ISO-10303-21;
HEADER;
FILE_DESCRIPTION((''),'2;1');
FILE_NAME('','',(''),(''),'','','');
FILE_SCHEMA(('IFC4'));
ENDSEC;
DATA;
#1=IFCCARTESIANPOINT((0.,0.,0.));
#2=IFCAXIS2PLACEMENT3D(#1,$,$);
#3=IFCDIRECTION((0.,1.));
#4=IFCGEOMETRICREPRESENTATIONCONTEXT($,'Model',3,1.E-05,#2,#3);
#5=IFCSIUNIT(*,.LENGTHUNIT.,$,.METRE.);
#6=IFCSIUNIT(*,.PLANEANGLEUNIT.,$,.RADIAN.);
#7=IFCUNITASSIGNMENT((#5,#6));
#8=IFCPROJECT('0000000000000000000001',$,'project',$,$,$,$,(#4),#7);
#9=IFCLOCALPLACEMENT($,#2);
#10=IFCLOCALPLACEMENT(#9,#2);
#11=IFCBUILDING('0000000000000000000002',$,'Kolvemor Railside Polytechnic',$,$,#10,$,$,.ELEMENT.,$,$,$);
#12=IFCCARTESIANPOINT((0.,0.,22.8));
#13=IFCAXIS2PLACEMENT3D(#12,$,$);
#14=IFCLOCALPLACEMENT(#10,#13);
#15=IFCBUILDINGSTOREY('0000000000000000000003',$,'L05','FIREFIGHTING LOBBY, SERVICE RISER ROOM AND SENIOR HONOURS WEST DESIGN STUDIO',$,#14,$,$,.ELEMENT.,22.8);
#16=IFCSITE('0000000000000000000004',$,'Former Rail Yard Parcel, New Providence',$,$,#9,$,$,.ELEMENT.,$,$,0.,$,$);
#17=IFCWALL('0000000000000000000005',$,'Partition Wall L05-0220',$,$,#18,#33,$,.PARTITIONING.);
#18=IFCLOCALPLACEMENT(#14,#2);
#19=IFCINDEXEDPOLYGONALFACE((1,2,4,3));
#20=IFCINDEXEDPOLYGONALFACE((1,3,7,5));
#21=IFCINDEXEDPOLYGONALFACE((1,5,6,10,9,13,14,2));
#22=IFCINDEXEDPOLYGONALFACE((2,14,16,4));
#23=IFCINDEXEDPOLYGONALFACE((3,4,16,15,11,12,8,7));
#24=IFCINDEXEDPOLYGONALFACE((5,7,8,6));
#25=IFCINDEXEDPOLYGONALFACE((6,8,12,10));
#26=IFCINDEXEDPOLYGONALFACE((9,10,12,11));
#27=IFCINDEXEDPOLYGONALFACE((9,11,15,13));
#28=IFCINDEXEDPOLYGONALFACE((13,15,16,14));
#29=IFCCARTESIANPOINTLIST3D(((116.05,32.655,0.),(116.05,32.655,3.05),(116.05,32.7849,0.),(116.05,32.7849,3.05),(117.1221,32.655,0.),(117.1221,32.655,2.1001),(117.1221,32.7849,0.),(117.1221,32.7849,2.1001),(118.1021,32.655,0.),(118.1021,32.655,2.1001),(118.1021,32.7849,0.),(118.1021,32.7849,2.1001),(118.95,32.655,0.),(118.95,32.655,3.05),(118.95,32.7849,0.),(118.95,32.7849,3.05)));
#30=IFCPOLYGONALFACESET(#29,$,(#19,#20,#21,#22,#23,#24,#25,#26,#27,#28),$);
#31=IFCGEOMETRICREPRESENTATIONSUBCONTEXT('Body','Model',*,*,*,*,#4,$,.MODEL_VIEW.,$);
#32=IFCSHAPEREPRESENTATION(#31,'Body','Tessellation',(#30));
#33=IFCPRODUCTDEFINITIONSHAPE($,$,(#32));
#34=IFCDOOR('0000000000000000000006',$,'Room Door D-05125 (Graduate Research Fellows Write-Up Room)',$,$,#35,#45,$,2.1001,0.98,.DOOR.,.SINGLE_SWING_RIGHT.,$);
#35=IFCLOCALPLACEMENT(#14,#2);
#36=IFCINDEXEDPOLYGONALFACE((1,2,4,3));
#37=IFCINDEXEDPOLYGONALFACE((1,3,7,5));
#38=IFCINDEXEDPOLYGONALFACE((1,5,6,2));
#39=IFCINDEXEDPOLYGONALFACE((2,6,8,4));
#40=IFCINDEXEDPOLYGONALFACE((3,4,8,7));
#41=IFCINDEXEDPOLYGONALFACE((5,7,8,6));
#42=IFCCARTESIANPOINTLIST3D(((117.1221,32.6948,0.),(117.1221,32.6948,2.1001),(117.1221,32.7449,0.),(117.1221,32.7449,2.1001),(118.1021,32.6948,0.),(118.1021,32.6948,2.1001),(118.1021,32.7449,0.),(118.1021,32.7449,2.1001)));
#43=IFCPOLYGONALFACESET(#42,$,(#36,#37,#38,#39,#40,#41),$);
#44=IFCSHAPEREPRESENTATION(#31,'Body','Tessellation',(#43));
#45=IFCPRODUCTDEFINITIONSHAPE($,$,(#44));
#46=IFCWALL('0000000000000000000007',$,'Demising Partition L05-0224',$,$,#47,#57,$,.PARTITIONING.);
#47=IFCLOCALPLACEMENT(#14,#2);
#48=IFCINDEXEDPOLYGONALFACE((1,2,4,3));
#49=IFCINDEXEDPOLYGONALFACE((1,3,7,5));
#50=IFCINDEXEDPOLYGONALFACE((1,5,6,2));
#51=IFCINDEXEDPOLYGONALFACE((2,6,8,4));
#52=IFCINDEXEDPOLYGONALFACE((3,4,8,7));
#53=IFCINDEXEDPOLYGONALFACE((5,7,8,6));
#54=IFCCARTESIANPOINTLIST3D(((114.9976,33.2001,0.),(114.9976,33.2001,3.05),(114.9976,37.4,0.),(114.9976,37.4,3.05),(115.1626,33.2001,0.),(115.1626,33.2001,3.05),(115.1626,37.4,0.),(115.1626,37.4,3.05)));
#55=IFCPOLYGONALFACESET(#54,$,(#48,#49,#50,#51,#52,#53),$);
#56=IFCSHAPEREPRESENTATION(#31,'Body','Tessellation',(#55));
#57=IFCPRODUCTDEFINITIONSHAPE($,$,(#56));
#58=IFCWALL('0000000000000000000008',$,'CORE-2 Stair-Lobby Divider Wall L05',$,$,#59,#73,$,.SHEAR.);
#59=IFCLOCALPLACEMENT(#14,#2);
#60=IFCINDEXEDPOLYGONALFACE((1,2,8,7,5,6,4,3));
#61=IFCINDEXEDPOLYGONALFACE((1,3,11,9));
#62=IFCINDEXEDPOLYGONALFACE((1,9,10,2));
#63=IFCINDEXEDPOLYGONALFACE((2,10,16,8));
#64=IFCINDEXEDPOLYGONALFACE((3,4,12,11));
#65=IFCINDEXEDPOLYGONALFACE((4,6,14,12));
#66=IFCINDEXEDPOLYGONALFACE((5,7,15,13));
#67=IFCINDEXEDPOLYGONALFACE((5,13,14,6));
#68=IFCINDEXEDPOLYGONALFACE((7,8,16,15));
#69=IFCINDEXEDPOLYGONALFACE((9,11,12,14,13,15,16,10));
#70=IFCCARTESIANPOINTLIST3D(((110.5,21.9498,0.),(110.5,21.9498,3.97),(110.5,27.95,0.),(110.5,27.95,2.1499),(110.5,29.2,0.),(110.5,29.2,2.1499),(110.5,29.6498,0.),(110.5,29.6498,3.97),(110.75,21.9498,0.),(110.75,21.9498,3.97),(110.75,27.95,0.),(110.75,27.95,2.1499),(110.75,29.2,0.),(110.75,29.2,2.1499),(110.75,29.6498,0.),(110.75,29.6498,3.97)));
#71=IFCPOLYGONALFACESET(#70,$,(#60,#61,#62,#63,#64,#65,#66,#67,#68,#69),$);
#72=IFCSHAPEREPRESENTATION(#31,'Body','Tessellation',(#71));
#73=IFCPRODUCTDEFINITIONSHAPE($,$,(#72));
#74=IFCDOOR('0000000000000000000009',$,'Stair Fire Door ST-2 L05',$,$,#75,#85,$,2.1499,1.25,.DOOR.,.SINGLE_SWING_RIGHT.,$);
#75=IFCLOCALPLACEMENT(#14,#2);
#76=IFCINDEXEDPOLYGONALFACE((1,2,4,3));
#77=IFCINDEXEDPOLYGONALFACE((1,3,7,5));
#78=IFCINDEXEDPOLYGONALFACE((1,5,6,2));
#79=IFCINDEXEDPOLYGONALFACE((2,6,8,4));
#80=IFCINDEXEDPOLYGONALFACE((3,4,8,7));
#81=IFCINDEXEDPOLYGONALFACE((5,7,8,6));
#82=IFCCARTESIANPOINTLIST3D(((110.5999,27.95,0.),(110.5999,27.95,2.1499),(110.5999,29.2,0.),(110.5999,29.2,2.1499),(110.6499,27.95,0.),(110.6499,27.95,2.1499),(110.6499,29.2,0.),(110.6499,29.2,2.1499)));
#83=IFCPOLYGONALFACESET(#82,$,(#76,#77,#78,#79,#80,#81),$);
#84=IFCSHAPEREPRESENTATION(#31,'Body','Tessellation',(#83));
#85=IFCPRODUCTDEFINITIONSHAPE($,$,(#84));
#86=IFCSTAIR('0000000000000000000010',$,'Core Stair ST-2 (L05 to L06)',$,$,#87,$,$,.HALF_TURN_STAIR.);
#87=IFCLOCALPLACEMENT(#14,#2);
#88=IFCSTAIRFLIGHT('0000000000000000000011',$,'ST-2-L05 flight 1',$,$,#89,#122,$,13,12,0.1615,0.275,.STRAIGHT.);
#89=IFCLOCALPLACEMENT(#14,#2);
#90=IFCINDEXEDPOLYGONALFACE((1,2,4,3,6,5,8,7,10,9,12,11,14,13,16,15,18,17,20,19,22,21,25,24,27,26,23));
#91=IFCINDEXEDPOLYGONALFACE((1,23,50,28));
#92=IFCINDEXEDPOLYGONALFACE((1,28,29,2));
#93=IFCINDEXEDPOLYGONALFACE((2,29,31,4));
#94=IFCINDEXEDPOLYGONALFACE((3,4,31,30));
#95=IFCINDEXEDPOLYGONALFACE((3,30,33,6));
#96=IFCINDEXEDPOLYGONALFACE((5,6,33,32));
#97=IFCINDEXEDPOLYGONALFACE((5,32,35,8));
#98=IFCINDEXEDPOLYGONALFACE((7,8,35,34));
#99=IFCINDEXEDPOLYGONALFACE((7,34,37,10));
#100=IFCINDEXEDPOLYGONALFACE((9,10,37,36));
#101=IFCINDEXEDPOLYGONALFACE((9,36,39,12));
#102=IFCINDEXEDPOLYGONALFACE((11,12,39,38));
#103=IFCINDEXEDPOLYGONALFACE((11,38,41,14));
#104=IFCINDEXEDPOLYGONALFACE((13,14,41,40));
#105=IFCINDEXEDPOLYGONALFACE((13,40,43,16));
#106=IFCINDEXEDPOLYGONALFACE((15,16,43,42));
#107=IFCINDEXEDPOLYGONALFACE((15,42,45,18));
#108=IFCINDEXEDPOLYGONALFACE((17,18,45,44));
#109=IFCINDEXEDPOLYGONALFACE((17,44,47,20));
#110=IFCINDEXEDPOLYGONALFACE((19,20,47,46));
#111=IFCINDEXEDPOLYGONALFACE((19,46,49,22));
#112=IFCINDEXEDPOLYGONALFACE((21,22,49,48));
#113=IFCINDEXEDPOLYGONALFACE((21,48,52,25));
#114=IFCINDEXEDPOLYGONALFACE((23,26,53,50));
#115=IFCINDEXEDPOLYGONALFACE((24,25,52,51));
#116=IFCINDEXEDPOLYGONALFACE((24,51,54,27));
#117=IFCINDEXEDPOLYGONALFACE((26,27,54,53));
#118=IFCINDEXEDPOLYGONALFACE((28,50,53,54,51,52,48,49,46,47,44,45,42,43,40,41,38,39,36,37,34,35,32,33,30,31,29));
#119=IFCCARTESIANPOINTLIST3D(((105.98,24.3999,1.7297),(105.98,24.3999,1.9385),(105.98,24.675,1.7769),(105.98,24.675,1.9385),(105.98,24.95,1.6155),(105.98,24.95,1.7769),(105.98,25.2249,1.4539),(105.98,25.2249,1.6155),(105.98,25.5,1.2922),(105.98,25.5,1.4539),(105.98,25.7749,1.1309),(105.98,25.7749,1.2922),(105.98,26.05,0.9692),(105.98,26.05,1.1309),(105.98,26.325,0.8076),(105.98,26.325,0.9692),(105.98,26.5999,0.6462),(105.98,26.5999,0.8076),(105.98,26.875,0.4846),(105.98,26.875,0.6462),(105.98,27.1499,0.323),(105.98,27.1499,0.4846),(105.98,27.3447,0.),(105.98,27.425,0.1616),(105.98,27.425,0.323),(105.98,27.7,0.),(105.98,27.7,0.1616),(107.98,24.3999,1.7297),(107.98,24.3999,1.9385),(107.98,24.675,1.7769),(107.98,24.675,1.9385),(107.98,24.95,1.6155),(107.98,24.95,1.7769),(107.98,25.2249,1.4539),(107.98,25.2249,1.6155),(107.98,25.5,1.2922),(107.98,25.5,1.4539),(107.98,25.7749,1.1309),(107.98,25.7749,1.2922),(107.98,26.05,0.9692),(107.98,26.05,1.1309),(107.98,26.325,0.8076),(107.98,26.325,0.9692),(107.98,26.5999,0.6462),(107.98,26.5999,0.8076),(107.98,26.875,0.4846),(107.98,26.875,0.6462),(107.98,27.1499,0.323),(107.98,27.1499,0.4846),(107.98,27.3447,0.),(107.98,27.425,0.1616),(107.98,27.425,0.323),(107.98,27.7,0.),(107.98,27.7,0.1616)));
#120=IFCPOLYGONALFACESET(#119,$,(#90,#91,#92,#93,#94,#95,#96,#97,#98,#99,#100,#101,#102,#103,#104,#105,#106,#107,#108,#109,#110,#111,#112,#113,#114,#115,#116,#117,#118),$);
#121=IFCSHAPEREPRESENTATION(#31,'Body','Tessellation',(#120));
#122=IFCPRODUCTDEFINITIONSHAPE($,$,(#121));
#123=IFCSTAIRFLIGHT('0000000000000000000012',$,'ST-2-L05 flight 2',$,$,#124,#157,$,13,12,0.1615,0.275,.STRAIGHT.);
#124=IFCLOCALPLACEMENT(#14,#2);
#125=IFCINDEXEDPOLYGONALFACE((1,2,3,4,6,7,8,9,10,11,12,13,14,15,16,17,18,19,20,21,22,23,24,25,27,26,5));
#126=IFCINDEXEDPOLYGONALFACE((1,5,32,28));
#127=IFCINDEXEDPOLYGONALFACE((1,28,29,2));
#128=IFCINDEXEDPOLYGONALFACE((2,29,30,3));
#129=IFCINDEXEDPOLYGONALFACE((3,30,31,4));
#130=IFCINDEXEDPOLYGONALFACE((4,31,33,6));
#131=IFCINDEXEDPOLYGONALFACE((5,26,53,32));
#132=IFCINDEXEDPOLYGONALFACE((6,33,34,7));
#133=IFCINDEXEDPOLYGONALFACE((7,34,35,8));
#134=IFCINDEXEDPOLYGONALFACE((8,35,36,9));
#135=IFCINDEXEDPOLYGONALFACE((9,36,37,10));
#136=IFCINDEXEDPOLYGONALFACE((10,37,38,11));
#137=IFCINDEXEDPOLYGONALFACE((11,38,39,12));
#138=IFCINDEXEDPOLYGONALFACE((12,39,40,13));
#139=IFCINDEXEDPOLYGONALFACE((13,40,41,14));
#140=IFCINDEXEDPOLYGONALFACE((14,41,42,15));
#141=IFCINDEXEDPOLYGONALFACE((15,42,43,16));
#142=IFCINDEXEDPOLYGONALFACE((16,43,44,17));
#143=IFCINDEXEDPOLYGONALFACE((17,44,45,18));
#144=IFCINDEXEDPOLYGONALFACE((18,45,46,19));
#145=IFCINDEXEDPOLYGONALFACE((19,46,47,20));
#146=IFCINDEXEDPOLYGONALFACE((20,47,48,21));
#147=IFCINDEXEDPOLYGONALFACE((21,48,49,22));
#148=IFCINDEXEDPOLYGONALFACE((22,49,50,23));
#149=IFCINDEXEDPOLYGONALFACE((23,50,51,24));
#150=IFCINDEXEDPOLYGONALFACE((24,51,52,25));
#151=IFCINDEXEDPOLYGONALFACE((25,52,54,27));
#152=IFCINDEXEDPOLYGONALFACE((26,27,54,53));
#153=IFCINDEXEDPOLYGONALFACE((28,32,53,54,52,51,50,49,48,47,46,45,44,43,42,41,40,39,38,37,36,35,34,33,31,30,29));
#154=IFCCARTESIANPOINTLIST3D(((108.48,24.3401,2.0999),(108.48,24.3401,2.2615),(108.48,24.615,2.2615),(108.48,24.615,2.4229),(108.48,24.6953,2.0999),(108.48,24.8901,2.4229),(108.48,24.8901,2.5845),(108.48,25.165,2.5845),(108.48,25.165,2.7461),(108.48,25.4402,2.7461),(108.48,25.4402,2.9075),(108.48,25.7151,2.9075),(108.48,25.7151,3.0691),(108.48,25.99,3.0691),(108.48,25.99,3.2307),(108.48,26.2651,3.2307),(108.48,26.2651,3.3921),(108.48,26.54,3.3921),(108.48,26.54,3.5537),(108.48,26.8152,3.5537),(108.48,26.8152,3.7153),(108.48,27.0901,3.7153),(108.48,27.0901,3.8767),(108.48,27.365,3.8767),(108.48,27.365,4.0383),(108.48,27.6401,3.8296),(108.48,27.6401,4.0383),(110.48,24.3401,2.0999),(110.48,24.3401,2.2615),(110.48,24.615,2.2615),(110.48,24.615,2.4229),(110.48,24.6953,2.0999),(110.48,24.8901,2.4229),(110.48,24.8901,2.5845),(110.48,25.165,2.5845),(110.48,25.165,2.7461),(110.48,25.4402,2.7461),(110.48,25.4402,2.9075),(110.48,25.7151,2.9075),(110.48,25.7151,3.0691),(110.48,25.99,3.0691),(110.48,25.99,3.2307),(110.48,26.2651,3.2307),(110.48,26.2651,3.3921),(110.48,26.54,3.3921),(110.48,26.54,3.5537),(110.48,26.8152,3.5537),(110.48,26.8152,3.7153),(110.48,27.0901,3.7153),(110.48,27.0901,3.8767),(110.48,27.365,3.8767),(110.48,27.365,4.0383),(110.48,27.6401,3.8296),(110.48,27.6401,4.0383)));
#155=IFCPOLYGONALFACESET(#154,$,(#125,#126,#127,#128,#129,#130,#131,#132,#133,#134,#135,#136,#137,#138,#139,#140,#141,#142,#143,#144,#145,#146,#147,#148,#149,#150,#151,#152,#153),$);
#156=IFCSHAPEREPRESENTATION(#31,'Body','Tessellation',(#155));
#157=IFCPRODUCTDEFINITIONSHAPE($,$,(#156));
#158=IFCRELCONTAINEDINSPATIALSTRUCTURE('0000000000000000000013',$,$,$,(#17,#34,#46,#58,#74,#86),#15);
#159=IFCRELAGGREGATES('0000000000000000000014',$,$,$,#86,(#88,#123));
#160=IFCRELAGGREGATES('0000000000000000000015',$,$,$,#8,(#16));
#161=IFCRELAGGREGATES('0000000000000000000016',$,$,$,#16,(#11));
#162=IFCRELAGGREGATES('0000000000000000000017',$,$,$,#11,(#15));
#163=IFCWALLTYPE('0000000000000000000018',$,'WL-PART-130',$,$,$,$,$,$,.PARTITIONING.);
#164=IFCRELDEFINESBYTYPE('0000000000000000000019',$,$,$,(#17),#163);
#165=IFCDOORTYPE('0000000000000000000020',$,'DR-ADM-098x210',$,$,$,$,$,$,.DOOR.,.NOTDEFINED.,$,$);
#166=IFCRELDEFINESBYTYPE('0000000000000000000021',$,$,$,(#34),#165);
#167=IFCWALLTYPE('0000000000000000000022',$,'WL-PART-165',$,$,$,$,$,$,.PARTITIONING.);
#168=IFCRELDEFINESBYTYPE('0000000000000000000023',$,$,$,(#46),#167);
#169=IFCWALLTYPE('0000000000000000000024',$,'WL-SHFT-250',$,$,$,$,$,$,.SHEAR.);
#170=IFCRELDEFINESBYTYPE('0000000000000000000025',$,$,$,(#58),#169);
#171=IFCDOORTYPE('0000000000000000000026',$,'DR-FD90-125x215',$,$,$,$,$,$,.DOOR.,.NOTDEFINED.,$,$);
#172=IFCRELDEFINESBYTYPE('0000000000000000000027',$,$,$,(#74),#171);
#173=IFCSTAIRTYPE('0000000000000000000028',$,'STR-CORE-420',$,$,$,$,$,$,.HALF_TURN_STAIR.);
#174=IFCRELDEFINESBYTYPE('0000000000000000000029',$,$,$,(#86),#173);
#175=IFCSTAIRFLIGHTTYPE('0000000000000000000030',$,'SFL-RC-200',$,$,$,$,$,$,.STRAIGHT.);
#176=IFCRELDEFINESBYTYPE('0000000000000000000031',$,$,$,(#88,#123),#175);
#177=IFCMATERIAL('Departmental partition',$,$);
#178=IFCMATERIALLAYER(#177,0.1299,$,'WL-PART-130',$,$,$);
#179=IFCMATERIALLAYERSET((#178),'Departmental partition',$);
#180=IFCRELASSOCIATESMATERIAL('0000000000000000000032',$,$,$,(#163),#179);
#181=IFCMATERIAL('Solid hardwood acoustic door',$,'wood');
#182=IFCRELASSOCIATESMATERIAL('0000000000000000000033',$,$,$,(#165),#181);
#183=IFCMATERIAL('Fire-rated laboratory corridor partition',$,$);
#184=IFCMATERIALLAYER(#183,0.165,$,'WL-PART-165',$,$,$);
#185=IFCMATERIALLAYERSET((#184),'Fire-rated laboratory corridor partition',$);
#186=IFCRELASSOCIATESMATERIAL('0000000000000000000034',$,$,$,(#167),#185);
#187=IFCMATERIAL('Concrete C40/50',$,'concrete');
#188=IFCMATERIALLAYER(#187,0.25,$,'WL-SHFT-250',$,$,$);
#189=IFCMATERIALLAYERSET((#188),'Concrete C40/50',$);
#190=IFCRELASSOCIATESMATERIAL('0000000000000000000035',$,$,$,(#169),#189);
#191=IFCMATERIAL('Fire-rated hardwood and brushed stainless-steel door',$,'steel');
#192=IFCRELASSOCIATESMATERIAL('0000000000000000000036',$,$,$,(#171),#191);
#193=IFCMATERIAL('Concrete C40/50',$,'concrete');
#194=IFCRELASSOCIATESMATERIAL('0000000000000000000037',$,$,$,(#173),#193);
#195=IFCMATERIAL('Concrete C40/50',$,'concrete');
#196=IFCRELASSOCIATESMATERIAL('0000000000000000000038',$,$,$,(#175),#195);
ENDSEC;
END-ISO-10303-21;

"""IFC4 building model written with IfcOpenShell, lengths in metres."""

from ifc_helpers import new_model, si_unit, direction, frame, frame_2d, origin, place, context, subcontext, project, spatial, polyline, rectangle, outline, extrude, material, layer, layer_set, type_object, element, fill, aggregate, save


model = new_model("IFC4")

# Units and contexts
model_context = context("Model", 3, precision=1e-05, world=origin(), true_north=direction((0.0, 1.0)))
body_context = subcontext(model_context, "Body", "Model", "MODEL_VIEW")
ifc_project = project(units=[si_unit("LENGTHUNIT", "METRE"), si_unit("PLANEANGLEUNIT", "RADIAN")], contexts=[model_context])

# Site, building, storey
site_placement = place(None, origin())
site = spatial("IfcSite", under=ifc_project, at=site_placement, Name="Former Rail Yard Parcel, New Providence", CompositionType="ELEMENT", RefElevation=0.0)
building_placement = place(site_placement, origin())
building = spatial("IfcBuilding", under=site, at=building_placement, Name="Kolvemor Railside Polytechnic", CompositionType="ELEMENT")
storey_placement = place(building_placement, frame((0.0, 0.0, 22.8)))
storey = spatial("IfcBuildingStorey", under=building, at=storey_placement, Name="L05", Description="FIREFIGHTING LOBBY, SERVICE RISER ROOM AND SENIOR HONOURS WEST DESIGN STUDIO", CompositionType="ELEMENT", Elevation=22.8)

# Wall, opening, door
ifc_material_1 = material(Name="Departmental partition")
ifc_layer_1 = layer(ifc_material_1, 0.1299, Name="WL-PART-130")
ifc_layer_set_1 = layer_set([ifc_layer_1], Name="Departmental partition")
wall_type_1 = type_object("IfcWallType", Name="WL-PART-130", PredefinedType="PARTITIONING", material=ifc_layer_set_1)
wall_1_placement = place(storey_placement, frame((116.05, 32.72, 0.0), z_axis=(0.0, 0.0, 1.0), x_axis=(1.0, 0.0, 0.0)))
wall_1 = element("IfcWall", 1, at=wall_1_placement, inside=storey, type_object=wall_type_1, Name="Partition Wall L05-0220", PredefinedType="PARTITIONING", context=body_context, shape_type="SweptSolid", body=[
    extrude(rectangle(XDim=2.8999, YDim=0.1299, at=frame_2d((1.45, 0.0))), origin(), (0.0, 0.0, 1.0), 3.05),
])
opening_1_placement = place(wall_1_placement, frame((1.072, 0.0, 0.0)))
opening_1 = element("IfcOpeningElement", 2, at=opening_1_placement, cuts=wall_1, PredefinedType="OPENING", context=body_context, shape_type="SweptSolid", body=[
    extrude(rectangle(XDim=0.98, YDim=2.1001, at=frame_2d((0.49, 1.05))), frame((0.0, 0.075, 0.0), z_axis=(0.0, -1.0, 0.0), x_axis=(1.0, 0.0, 0.0)), (0.0, 0.0, 1.0), 0.1499),
])
ifc_material_2 = material(Name="Solid hardwood acoustic door", Category="wood")
door_type_1 = type_object("IfcDoorType", Name="DR-ADM-098x210", OperationType="NOTDEFINED", PredefinedType="DOOR", material=ifc_material_2)
door_1_placement = place(opening_1_placement, origin())
door_1 = element("IfcDoor", 3, at=door_1_placement, inside=storey, type_object=door_type_1, Name="Room Door D-05125 (Graduate Research Fellows Write-Up Room)", OperationType="SINGLE_SWING_RIGHT", OverallHeight=2.1001, OverallWidth=0.98, PredefinedType="DOOR", context=body_context, shape_type="SweptSolid", body=[
    extrude(rectangle(XDim=0.98, YDim=2.1001, at=frame_2d((0.49, 1.05))), frame((0.0, 0.0249, 0.0), z_axis=(0.0, -1.0, 0.0), x_axis=(1.0, 0.0, 0.0)), (0.0, 0.0, 1.0), 0.05),
])
fill(opening_1, door_1)

# Wall
ifc_material_3 = material(Name="Fire-rated laboratory corridor partition")
ifc_layer_2 = layer(ifc_material_3, 0.165, Name="WL-PART-165")
ifc_layer_set_2 = layer_set([ifc_layer_2], Name="Fire-rated laboratory corridor partition")
wall_type_2 = type_object("IfcWallType", Name="WL-PART-165", PredefinedType="PARTITIONING", material=ifc_layer_set_2)
wall_2_placement = place(storey_placement, frame((115.0801, 33.2, 0.0), z_axis=(0.0, 0.0, 1.0), x_axis=(0.0, 1.0, 0.0)))
element("IfcWall", 4, at=wall_2_placement, inside=storey, type_object=wall_type_2, Name="Demising Partition L05-0224", PredefinedType="PARTITIONING", context=body_context, shape_type="SweptSolid", body=[
    extrude(rectangle(XDim=4.2, YDim=0.165, at=frame_2d((2.1001, 0.0))), origin(), (0.0, 0.0, 1.0), 3.05),
])

# Wall, opening, door
ifc_material_4 = material(Name="Concrete C40/50", Category="concrete")
ifc_layer_3 = layer(ifc_material_4, 0.25, Name="WL-SHFT-250")
ifc_layer_set_3 = layer_set([ifc_layer_3], Name="Concrete C40/50")
wall_type_3 = type_object("IfcWallType", Name="WL-SHFT-250", PredefinedType="SHEAR", material=ifc_layer_set_3)
wall_3_placement = place(storey_placement, frame((110.625, 29.6499, 0.0), z_axis=(0.0, 0.0, 1.0), x_axis=(0.0, -1.0, 0.0)))
wall_3 = element("IfcWall", 5, at=wall_3_placement, inside=storey, type_object=wall_type_3, Name="CORE-2 Stair-Lobby Divider Wall L05", PredefinedType="SHEAR", context=body_context, shape_type="SweptSolid", body=[
    extrude(rectangle(XDim=7.7, YDim=0.25, at=frame_2d((3.8501, 0.0))), origin(), (0.0, 0.0, 1.0), 3.97),
])
opening_2_placement = place(wall_3_placement, frame((0.45, 0.0, 0.0)))
opening_2 = element("IfcOpeningElement", 6, at=opening_2_placement, cuts=wall_3, PredefinedType="OPENING", context=body_context, shape_type="SweptSolid", body=[
    extrude(rectangle(XDim=1.25, YDim=2.1499, at=frame_2d((0.625, 1.075))), frame((0.0, 0.135, 0.0), z_axis=(0.0, -1.0, 0.0), x_axis=(1.0, 0.0, 0.0)), (0.0, 0.0, 1.0), 0.27),
])
ifc_material_5 = material(Name="Fire-rated hardwood and brushed stainless-steel door", Category="steel")
door_type_2 = type_object("IfcDoorType", Name="DR-FD90-125x215", OperationType="NOTDEFINED", PredefinedType="DOOR", material=ifc_material_5)
door_2_placement = place(opening_2_placement, origin())
door_2 = element("IfcDoor", 7, at=door_2_placement, inside=storey, type_object=door_type_2, Name="Stair Fire Door ST-2 L05", OperationType="SINGLE_SWING_RIGHT", OverallHeight=2.1499, OverallWidth=1.25, PredefinedType="DOOR", context=body_context, shape_type="SweptSolid", body=[
    extrude(rectangle(XDim=1.25, YDim=2.1499, at=frame_2d((0.625, 1.075))), frame((0.0, 0.0249, 0.0), z_axis=(0.0, -1.0, 0.0), x_axis=(1.0, 0.0, 0.0)), (0.0, 0.0, 1.0), 0.05),
])
fill(opening_2, door_2)

# Stair, stair flights
ifc_material_6 = material(Name="Concrete C40/50", Category="concrete")
stair_type = type_object("IfcStairType", Name="STR-CORE-420", PredefinedType="HALF_TURN_STAIR", material=ifc_material_6)
stair_placement = place(storey_placement, origin())
stair = element("IfcStair", 8, at=stair_placement, inside=storey, type_object=stair_type, Name="Core Stair ST-2 (L05 to L06)", PredefinedType="HALF_TURN_STAIR")
ifc_material_7 = material(Name="Concrete C40/50", Category="concrete")
stair_flight_type = type_object("IfcStairFlightType", Name="SFL-RC-200", PredefinedType="STRAIGHT", material=ifc_material_7)
stair_flight_1_placement = place(storey_placement, frame((106.98, 27.7, 0.0), z_axis=(0.0, 0.0, 1.0), x_axis=(0.0, -1.0, 0.0)))
stair_flight_1 = element("IfcStairFlight", 9, at=stair_flight_1_placement, type_object=stair_flight_type, Name="ST-2-L05 flight 1", NumberOfRisers=13, NumberOfTreads=12, PredefinedType="STRAIGHT", RiserHeight=0.1615, TreadLength=0.275, context=body_context, shape_type="SweptSolid", body=[
    extrude(outline(polyline([(0.0, 0.0), (0.0, 0.1616), (0.2749, 0.1616), (0.2749, 0.323), (0.55, 0.323), (0.55, 0.4846), (0.825, 0.4846), (0.825, 0.6462), (1.1001, 0.6462), (1.1001, 0.8076), (1.375, 0.8076), (1.375, 0.9692), (1.6499, 0.9692), (1.6499, 1.1309), (1.925, 1.1309), (1.925, 1.2922), (2.2, 1.2922), (2.2, 1.4539), (2.4751, 1.4539), (2.4751, 1.6155), (2.75, 1.6155), (2.75, 1.7769), (3.0249, 1.7769), (3.0249, 1.9385), (3.3, 1.9385), (3.3, 2.1001), (3.3, 1.7297), (0.3552, 0.0), (0.0, 0.0)])), frame((0.0, 1.0, 0.0), z_axis=(0.0, -1.0, 0.0), x_axis=(1.0, 0.0, 0.0)), (0.0, 0.0, 1.0), 2.0),
])
stair_flight_2_placement = place(storey_placement, frame((109.48, 24.3401, 2.0999), z_axis=(0.0, 0.0, 1.0), x_axis=(0.0, 1.0, 0.0)))
stair_flight_2 = element("IfcStairFlight", 10, at=stair_flight_2_placement, type_object=stair_flight_type, Name="ST-2-L05 flight 2", NumberOfRisers=13, NumberOfTreads=12, PredefinedType="STRAIGHT", RiserHeight=0.1615, TreadLength=0.275, context=body_context, shape_type="SweptSolid", body=[
    extrude(outline(polyline([(0.0, 0.0), (0.0, 0.1616), (0.2749, 0.1616), (0.2749, 0.323), (0.55, 0.323), (0.55, 0.4846), (0.825, 0.4846), (0.825, 0.6462), (1.1001, 0.6462), (1.1001, 0.8076), (1.375, 0.8076), (1.375, 0.9692), (1.6499, 0.9692), (1.6499, 1.1309), (1.925, 1.1309), (1.925, 1.2922), (2.2, 1.2922), (2.2, 1.4539), (2.4751, 1.4539), (2.4751, 1.6155), (2.75, 1.6155), (2.75, 1.7769), (3.0249, 1.7769), (3.0249, 1.9385), (3.3, 1.9385), (3.3, 2.1001), (3.3, 1.7297), (0.3552, 0.0), (0.0, 0.0)])), frame((0.0, 1.0, 0.0), z_axis=(0.0, -1.0, 0.0), x_axis=(1.0, 0.0, 0.0)), (0.0, 0.0, 1.0), 2.0),
])
aggregate(stair, [stair_flight_1, stair_flight_2])

save(model, "model.ifc")
